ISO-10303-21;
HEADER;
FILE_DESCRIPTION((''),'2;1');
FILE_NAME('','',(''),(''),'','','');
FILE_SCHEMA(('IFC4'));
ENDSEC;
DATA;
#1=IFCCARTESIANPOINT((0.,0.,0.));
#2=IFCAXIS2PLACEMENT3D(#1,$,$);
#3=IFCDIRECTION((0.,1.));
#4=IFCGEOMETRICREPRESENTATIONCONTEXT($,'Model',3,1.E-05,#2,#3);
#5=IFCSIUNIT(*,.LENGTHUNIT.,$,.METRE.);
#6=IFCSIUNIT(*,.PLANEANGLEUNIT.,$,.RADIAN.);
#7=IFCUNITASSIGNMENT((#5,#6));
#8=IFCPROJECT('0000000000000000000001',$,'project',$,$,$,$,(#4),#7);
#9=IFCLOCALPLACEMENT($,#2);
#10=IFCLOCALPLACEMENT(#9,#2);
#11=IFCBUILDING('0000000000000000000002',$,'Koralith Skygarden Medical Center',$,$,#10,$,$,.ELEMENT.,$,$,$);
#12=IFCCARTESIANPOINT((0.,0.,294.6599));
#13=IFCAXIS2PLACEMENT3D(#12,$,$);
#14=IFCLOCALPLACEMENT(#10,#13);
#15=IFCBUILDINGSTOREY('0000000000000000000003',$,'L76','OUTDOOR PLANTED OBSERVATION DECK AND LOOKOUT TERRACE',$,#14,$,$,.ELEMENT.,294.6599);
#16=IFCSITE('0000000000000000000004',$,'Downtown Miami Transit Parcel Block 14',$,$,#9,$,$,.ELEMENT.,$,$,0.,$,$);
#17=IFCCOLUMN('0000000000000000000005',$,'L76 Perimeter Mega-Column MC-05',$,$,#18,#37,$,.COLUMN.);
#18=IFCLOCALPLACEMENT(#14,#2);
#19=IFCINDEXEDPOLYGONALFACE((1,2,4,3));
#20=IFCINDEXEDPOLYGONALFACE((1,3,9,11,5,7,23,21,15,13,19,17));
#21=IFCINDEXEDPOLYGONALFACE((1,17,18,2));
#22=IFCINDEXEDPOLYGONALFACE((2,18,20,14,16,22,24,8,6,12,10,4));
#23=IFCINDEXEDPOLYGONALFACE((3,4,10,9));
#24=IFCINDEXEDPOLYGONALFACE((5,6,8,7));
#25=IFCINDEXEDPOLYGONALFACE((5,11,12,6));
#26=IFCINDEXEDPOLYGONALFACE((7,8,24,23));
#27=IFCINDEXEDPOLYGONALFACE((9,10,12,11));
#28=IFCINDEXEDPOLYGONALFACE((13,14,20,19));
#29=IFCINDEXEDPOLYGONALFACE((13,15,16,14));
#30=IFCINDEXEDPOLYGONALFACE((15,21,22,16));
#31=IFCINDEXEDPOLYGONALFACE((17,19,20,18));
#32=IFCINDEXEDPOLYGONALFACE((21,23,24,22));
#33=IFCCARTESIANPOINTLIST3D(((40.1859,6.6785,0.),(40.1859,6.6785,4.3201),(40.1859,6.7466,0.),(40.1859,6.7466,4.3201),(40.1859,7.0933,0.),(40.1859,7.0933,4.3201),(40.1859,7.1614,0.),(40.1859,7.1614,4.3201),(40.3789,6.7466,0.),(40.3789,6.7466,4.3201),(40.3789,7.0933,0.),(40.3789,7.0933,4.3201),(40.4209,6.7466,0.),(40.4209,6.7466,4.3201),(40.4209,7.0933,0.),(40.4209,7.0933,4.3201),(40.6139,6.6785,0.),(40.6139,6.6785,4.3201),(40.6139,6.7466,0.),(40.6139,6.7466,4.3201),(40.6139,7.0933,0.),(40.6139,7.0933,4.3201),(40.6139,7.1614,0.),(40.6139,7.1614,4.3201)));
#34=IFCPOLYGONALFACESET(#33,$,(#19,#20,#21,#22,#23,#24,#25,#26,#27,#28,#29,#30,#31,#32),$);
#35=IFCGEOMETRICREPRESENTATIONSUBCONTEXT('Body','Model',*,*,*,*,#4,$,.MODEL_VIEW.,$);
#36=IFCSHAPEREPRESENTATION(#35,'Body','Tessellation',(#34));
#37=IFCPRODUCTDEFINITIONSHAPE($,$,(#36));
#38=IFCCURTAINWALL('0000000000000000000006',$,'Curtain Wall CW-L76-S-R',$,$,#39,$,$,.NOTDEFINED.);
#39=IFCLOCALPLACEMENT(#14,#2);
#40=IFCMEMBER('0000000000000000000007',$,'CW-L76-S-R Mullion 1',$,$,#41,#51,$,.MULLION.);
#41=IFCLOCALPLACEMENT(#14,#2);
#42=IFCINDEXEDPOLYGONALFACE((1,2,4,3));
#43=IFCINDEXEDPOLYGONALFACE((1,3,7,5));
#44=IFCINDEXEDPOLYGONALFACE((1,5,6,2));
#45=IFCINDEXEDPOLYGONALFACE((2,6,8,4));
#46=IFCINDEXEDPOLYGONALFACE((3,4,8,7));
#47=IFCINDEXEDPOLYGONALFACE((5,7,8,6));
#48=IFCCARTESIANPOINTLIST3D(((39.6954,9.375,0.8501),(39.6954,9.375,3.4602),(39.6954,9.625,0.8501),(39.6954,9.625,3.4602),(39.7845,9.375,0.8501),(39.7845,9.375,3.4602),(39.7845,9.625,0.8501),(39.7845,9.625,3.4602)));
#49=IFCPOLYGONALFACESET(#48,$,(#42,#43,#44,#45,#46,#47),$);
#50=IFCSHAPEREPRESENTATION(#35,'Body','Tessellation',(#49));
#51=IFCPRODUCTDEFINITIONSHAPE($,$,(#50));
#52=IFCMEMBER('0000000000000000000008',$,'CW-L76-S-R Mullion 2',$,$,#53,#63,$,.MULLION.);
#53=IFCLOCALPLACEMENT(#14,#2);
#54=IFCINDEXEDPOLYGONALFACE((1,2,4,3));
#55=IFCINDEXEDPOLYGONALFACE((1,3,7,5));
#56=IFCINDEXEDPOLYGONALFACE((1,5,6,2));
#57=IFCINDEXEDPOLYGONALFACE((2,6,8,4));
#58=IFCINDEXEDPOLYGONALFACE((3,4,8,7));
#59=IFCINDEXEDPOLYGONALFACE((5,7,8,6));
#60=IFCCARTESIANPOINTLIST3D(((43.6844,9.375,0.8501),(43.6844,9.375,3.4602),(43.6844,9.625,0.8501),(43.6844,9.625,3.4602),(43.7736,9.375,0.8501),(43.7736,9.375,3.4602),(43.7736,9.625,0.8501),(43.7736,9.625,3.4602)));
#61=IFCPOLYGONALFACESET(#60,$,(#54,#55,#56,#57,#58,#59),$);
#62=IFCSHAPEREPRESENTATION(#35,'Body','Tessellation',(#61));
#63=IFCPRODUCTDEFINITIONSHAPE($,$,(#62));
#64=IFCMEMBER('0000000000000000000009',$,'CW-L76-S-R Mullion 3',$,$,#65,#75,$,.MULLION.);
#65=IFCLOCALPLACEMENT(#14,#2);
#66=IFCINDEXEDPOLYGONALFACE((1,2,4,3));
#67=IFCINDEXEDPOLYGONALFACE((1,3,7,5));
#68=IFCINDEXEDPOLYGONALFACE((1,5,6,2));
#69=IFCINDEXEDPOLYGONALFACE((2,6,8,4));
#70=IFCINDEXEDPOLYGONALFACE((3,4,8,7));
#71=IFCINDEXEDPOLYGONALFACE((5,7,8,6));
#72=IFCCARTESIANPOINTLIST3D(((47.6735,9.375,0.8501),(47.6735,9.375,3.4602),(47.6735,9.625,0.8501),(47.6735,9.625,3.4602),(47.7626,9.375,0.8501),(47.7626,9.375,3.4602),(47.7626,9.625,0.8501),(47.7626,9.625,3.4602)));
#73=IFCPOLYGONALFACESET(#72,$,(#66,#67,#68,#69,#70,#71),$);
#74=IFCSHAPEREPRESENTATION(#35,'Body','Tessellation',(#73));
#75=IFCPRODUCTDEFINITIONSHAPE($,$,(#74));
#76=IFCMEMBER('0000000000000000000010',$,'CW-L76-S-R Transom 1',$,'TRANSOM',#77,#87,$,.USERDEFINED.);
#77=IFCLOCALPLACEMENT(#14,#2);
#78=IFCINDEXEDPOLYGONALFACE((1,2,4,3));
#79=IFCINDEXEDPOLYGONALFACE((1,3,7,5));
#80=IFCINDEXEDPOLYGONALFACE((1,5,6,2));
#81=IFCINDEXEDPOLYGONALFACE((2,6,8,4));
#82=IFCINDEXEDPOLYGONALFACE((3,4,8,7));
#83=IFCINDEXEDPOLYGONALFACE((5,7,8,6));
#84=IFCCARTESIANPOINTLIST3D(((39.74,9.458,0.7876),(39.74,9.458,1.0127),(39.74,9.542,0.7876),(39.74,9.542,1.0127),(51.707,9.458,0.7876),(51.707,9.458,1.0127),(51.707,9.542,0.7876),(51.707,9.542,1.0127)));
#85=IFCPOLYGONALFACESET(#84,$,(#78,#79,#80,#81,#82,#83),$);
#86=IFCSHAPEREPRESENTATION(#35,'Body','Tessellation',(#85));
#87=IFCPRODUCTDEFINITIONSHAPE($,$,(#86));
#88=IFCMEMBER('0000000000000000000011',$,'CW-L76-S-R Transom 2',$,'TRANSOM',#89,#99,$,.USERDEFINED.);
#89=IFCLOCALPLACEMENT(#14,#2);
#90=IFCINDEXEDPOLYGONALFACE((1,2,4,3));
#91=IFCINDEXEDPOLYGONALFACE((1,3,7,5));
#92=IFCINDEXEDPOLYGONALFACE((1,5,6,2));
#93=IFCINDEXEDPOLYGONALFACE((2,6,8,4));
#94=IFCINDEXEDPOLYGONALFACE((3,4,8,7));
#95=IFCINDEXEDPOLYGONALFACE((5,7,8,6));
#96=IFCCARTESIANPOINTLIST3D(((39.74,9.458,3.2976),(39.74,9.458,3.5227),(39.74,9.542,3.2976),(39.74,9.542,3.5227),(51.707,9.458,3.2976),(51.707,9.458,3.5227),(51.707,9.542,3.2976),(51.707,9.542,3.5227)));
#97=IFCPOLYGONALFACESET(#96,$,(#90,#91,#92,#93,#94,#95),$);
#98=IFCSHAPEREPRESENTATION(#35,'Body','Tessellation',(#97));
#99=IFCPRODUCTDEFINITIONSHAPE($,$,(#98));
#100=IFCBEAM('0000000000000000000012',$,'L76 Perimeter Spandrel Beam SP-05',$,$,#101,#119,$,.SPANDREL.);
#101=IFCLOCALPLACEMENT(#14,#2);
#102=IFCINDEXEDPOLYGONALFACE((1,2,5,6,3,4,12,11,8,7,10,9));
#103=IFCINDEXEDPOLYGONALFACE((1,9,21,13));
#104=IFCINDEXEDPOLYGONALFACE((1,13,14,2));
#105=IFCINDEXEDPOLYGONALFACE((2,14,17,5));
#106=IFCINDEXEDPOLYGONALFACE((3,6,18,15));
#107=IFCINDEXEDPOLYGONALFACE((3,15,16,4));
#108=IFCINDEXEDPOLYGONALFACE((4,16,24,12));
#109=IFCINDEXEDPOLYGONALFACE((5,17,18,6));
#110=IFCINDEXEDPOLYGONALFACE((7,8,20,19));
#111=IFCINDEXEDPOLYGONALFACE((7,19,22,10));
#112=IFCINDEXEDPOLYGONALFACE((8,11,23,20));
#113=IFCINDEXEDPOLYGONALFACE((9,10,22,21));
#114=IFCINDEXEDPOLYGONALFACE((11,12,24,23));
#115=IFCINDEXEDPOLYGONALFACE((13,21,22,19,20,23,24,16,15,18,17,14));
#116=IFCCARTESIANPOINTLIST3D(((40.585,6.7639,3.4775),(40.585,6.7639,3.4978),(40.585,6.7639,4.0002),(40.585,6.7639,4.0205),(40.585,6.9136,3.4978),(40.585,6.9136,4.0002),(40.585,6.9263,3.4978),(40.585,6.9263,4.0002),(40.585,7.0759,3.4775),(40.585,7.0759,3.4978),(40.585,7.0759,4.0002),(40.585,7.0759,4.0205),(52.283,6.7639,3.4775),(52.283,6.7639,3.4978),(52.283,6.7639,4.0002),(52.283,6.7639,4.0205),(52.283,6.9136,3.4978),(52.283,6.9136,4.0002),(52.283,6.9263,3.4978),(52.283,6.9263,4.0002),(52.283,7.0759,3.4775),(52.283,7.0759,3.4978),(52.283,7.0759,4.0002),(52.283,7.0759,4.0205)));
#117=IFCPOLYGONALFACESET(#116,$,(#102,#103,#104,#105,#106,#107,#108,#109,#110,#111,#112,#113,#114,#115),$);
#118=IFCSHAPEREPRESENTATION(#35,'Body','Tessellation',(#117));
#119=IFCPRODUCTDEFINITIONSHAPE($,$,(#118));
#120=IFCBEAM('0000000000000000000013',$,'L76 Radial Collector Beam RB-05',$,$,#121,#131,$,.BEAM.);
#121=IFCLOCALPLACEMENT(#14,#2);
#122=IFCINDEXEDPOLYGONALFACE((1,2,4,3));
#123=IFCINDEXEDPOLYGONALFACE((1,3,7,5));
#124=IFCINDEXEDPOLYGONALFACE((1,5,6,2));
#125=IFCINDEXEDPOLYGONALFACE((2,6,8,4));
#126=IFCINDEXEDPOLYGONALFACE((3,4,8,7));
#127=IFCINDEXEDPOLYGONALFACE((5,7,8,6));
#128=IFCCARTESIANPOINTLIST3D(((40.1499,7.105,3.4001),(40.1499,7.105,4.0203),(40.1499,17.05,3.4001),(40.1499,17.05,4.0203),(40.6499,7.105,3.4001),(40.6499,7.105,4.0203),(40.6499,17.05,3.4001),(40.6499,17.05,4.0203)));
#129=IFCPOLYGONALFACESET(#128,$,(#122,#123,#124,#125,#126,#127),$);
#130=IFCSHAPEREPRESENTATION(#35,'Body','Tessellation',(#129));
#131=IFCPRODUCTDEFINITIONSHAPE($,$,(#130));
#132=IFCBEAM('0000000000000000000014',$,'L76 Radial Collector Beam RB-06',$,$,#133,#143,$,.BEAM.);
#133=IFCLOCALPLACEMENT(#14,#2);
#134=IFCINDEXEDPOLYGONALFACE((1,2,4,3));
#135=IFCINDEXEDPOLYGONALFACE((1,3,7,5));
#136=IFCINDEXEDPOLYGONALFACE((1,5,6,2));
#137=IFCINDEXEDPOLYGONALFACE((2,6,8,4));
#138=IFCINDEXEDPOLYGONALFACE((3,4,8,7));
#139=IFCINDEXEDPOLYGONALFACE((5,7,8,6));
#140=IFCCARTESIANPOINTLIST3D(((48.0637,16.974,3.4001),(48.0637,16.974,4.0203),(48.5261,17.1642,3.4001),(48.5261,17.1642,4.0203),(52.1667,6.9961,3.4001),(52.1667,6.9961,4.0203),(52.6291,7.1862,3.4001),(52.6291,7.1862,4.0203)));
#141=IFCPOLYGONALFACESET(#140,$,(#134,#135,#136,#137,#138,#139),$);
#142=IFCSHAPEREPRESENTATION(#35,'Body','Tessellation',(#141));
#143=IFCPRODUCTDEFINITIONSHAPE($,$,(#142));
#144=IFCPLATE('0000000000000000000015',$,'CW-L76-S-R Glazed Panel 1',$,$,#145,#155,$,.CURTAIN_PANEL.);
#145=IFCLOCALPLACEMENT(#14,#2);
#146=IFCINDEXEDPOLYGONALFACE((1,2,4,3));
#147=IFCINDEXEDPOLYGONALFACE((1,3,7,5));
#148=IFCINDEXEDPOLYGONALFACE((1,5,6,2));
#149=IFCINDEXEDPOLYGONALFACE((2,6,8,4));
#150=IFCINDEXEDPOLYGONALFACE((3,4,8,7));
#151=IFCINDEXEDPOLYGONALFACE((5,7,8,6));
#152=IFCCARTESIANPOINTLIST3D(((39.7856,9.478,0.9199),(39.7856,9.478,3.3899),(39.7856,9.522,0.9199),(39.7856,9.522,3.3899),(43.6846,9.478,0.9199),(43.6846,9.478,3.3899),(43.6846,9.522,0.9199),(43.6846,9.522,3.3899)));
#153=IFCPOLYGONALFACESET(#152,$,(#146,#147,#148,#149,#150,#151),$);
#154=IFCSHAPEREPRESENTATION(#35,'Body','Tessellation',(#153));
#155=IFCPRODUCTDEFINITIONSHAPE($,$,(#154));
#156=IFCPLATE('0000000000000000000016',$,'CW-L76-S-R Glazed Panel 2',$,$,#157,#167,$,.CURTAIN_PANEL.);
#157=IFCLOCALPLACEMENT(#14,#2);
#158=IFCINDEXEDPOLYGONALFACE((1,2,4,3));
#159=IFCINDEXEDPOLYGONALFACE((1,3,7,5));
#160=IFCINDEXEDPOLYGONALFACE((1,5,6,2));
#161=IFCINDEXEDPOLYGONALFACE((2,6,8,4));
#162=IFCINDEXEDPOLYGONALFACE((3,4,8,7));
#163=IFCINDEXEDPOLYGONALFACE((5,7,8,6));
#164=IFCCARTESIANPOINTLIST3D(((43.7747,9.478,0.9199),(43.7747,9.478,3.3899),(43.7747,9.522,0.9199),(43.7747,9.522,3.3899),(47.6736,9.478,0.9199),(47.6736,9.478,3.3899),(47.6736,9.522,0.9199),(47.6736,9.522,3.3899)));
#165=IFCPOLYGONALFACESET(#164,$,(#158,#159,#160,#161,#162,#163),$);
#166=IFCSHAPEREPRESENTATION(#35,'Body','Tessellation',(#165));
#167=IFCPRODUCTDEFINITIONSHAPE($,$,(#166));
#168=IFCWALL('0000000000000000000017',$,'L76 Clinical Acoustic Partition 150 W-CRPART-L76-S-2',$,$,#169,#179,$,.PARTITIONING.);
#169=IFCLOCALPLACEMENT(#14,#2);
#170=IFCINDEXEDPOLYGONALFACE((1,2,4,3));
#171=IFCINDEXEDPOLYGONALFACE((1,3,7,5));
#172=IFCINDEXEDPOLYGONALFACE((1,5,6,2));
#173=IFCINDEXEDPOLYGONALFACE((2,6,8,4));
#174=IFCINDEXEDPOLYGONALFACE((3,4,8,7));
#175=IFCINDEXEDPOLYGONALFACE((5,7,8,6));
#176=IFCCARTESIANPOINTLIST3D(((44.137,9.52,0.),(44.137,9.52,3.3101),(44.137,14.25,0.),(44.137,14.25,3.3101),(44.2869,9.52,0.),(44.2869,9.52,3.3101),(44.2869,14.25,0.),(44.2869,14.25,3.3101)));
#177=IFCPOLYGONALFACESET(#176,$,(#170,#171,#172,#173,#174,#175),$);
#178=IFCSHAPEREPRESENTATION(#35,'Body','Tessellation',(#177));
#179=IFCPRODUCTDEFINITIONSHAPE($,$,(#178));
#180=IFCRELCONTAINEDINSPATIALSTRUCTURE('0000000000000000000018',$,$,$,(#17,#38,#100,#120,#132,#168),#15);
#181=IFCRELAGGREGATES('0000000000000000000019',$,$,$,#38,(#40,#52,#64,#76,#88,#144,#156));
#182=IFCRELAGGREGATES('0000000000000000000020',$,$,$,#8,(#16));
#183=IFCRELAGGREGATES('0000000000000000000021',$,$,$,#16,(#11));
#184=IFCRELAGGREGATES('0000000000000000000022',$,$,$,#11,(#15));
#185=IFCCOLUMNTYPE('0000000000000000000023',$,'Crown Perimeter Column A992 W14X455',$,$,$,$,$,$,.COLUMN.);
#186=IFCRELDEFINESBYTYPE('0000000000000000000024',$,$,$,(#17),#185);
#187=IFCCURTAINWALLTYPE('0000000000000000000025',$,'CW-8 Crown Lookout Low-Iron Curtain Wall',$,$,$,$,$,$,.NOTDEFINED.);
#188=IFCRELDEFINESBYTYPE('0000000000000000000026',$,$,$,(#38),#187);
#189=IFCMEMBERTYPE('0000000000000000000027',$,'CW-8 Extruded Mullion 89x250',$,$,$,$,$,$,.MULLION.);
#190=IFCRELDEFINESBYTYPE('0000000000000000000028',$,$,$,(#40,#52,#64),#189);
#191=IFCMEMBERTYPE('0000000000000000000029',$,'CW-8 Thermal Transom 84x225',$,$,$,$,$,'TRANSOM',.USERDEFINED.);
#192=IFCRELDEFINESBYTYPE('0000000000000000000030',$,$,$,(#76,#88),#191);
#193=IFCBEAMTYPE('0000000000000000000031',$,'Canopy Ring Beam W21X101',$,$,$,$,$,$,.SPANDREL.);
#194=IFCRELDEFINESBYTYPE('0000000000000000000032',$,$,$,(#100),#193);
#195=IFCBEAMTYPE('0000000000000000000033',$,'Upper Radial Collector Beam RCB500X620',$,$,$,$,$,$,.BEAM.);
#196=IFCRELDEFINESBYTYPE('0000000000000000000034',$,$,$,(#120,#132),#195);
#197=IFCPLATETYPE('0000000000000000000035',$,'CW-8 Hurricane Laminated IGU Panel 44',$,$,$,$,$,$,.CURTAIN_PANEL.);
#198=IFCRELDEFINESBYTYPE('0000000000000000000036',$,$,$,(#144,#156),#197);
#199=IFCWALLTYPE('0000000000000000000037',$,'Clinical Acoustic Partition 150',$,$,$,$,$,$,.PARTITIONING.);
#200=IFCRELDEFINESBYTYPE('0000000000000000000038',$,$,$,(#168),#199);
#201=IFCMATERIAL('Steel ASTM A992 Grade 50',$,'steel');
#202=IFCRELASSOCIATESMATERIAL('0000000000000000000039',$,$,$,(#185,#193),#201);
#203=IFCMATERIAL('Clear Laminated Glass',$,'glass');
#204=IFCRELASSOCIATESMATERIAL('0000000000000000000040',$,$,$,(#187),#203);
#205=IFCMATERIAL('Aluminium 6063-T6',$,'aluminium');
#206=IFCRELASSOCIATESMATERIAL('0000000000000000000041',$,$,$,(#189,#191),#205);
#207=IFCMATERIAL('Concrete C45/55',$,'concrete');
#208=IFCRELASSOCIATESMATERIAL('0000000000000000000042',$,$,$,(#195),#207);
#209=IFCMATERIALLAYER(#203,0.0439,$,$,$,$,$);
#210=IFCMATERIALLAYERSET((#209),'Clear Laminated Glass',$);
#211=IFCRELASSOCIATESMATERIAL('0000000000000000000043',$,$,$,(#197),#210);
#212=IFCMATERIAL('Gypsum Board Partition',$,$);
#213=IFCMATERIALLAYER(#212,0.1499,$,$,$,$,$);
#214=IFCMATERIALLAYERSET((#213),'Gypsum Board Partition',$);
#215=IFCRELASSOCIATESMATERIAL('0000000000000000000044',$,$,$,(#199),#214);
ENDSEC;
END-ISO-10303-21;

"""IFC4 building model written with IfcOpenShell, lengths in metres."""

from ifc_helpers import new_model, si_unit, direction, frame, frame_2d, origin, origin_2d, place, context, subcontext, project, spatial, rectangle, i_section, extrude, material, layer, layer_set, material_profile, profile_set, type_object, element, aggregate, save


model = new_model("IFC4")

# Units and contexts
model_context = context("Model", 3, precision=1e-05, world=origin(), true_north=direction((0.0, 1.0)))
body_context = subcontext(model_context, "Body", "Model", "MODEL_VIEW")
ifc_project = project(units=[si_unit("LENGTHUNIT", "METRE"), si_unit("PLANEANGLEUNIT", "RADIAN")], contexts=[model_context])

# Site, building, storey
site_placement = place(None, origin())
site = spatial("IfcSite", under=ifc_project, at=site_placement, Name="Downtown Miami Transit Parcel Block 14", CompositionType="ELEMENT", RefElevation=0.0)
building_placement = place(site_placement, origin())
building = spatial("IfcBuilding", under=site, at=building_placement, Name="Koralith Skygarden Medical Center", CompositionType="ELEMENT")
storey_placement = place(building_placement, frame((0.0, 0.0, 294.6599)))
storey = spatial("IfcBuildingStorey", under=building, at=storey_placement, Name="L76", Description="OUTDOOR PLANTED OBSERVATION DECK AND LOOKOUT TERRACE", CompositionType="ELEMENT", Elevation=294.6599)

# Column
ifc_material_1 = material(Name="Steel ASTM A992 Grade 50", Category="steel")
ifc_material_profile_1 = material_profile(ifc_material_1, i_section(OverallWidth=0.428, OverallDepth=0.4829, WebThickness=0.042, FlangeThickness=0.0681, at=origin_2d()), Name="W14X455")
ifc_profile_set_1 = profile_set([ifc_material_profile_1], Name="Steel ASTM A992 Grade 50")
column_type = type_object("IfcColumnType", Name="Crown Perimeter Column A992 W14X455", PredefinedType="COLUMN", material=ifc_profile_set_1)
column_placement = place(storey_placement, frame((40.3999, 6.9199, 0.0), z_axis=(0.0, 0.0, 1.0), x_axis=(1.0, 0.0, 0.0)))
element("IfcColumn", 1, at=column_placement, inside=storey, type_object=column_type, Name="L76 Perimeter Mega-Column MC-05", PredefinedType="COLUMN", context=body_context, shape_type="SweptSolid", body=[
    extrude(i_section(OverallWidth=0.428, OverallDepth=0.4829, WebThickness=0.042, FlangeThickness=0.0681, at=origin_2d()), origin(), (0.0, 0.0, 1.0), 4.3201),
])

# Curtain wall, members
ifc_material_2 = material(Name="Clear Laminated Glass", Category="glass")
curtain_wall_type = type_object("IfcCurtainWallType", Name="CW-8 Crown Lookout Low-Iron Curtain Wall", PredefinedType="NOTDEFINED", material=ifc_material_2)
curtain_wall_placement = place(storey_placement, origin())
curtain_wall = element("IfcCurtainWall", 2, at=curtain_wall_placement, inside=storey, type_object=curtain_wall_type, Name="Curtain Wall CW-L76-S-R", PredefinedType="NOTDEFINED")
ifc_material_3 = material(Name="Aluminium 6063-T6", Category="aluminium")
ifc_material_profile_2 = material_profile(ifc_material_3, rectangle(XDim=0.0891, YDim=0.25, at=origin_2d()), Name="MUL89X250")
ifc_profile_set_2 = profile_set([ifc_material_profile_2], Name="Aluminium 6063-T6")
member_type_1 = type_object("IfcMemberType", Name="CW-8 Extruded Mullion 89x250", PredefinedType="MULLION", material=ifc_profile_set_2)
member_1_placement = place(storey_placement, frame((39.74, 9.5, 0.8501), z_axis=(0.0, 0.0, 1.0), x_axis=(1.0, 0.0, 0.0)))
member_1 = element("IfcMember", 3, at=member_1_placement, type_object=member_type_1, Name="CW-L76-S-R Mullion 1", PredefinedType="MULLION", context=body_context, shape_type="SweptSolid", body=[
    extrude(rectangle(XDim=0.0891, YDim=0.25, at=origin_2d()), origin(), (0.0, 0.0, 1.0), 2.6101),
])
member_2_placement = place(storey_placement, frame((43.729, 9.5, 0.8501), z_axis=(0.0, 0.0, 1.0), x_axis=(1.0, 0.0, 0.0)))
member_2 = element("IfcMember", 4, at=member_2_placement, type_object=member_type_1, Name="CW-L76-S-R Mullion 2", PredefinedType="MULLION", context=body_context, shape_type="SweptSolid", body=[
    extrude(rectangle(XDim=0.0891, YDim=0.25, at=origin_2d()), origin(), (0.0, 0.0, 1.0), 2.6101),
])
member_3_placement = place(storey_placement, frame((47.718, 9.5, 0.8501), z_axis=(0.0, 0.0, 1.0), x_axis=(1.0, 0.0, 0.0)))
member_3 = element("IfcMember", 5, at=member_3_placement, type_object=member_type_1, Name="CW-L76-S-R Mullion 3", PredefinedType="MULLION", context=body_context, shape_type="SweptSolid", body=[
    extrude(rectangle(XDim=0.0891, YDim=0.25, at=origin_2d()), origin(), (0.0, 0.0, 1.0), 2.6101),
])
ifc_material_profile_3 = material_profile(ifc_material_3, rectangle(XDim=0.084, YDim=0.2251, at=origin_2d()), Name="TRN84X225")
ifc_profile_set_3 = profile_set([ifc_material_profile_3], Name="Aluminium 6063-T6")
member_type_2 = type_object("IfcMemberType", Name="CW-8 Thermal Transom 84x225", ElementType="TRANSOM", PredefinedType="USERDEFINED", material=ifc_profile_set_3)
member_4_placement = place(storey_placement, frame((39.74, 9.5, 0.9001), z_axis=(1.0, 0.0, 0.0), x_axis=(0.0, 1.0, 0.0)))
member_4 = element("IfcMember", 6, at=member_4_placement, type_object=member_type_2, Name="CW-L76-S-R Transom 1", ObjectType="TRANSOM", PredefinedType="USERDEFINED", context=body_context, shape_type="SweptSolid", body=[
    extrude(rectangle(XDim=0.084, YDim=0.2251, at=origin_2d()), origin(), (0.0, 0.0, 1.0), 11.967),
])
member_5_placement = place(storey_placement, frame((39.74, 9.5, 3.4102), z_axis=(1.0, 0.0, 0.0), x_axis=(0.0, 1.0, 0.0)))
member_5 = element("IfcMember", 7, at=member_5_placement, type_object=member_type_2, Name="CW-L76-S-R Transom 2", ObjectType="TRANSOM", PredefinedType="USERDEFINED", context=body_context, shape_type="SweptSolid", body=[
    extrude(rectangle(XDim=0.084, YDim=0.2251, at=origin_2d()), origin(), (0.0, 0.0, 1.0), 11.967),
])

# Beams
ifc_material_profile_4 = material_profile(ifc_material_1, i_section(OverallWidth=0.312, OverallDepth=0.543, WebThickness=0.0127, FlangeThickness=0.0203, at=origin_2d()), Name="W21X101")
ifc_profile_set_4 = profile_set([ifc_material_profile_4], Name="Steel ASTM A992 Grade 50")
beam_type_1 = type_object("IfcBeamType", Name="Canopy Ring Beam W21X101", PredefinedType="SPANDREL", material=ifc_profile_set_4)
beam_1_placement = place(storey_placement, frame((40.585, 6.9199, 3.749), z_axis=(1.0, 0.0, 0.0), x_axis=(0.0, 1.0, 0.0)))
element("IfcBeam", 8, at=beam_1_placement, inside=storey, type_object=beam_type_1, Name="L76 Perimeter Spandrel Beam SP-05", PredefinedType="SPANDREL", context=body_context, shape_type="SweptSolid", body=[
    extrude(i_section(OverallWidth=0.312, OverallDepth=0.543, WebThickness=0.0127, FlangeThickness=0.0203, at=origin_2d()), origin(), (0.0, 0.0, 1.0), 11.698),
])
ifc_material_4 = material(Name="Concrete C45/55", Category="concrete")
ifc_material_profile_5 = material_profile(ifc_material_4, rectangle(XDim=0.5, YDim=0.6201, at=origin_2d()), Name="RCB500X620")
ifc_profile_set_5 = profile_set([ifc_material_profile_5], Name="Concrete C45/55")
beam_type_2 = type_object("IfcBeamType", Name="Upper Radial Collector Beam RCB500X620", PredefinedType="BEAM", material=ifc_profile_set_5)
beam_2_placement = place(storey_placement, frame((40.3999, 17.05, 3.7102), z_axis=(0.0, -1.0, 0.0), x_axis=(1.0, 0.0, 0.0)))
element("IfcBeam", 9, at=beam_2_placement, inside=storey, type_object=beam_type_2, Name="L76 Radial Collector Beam RB-05", PredefinedType="BEAM", context=body_context, shape_type="SweptSolid", body=[
    extrude(rectangle(XDim=0.5, YDim=0.6201, at=origin_2d()), origin(), (0.0, 0.0, 1.0), 9.9451),
])
beam_3_placement = place(storey_placement, frame((48.2949, 17.0691, 3.7102), z_axis=(0.380308, -0.92486, 0.0), x_axis=(0.92486, 0.380308, 0.0)))
element("IfcBeam", 10, at=beam_3_placement, inside=storey, type_object=beam_type_2, Name="L76 Radial Collector Beam RB-06", PredefinedType="BEAM", context=body_context, shape_type="SweptSolid", body=[
    extrude(rectangle(XDim=0.5, YDim=0.6201, at=origin_2d()), origin(), (0.0, 0.0, 1.0), 10.7886),
])

# Plates
ifc_layer_1 = layer(ifc_material_2, 0.0439)
ifc_layer_set_1 = layer_set([ifc_layer_1], Name="Clear Laminated Glass")
plate_type = type_object("IfcPlateType", Name="CW-8 Hurricane Laminated IGU Panel 44", PredefinedType="CURTAIN_PANEL", material=ifc_layer_set_1)
plate_1_placement = place(storey_placement, frame((41.7351, 9.5, 0.9199), z_axis=(0.0, 0.0, 1.0), x_axis=(1.0, 0.0, 0.0)))
plate_1 = element("IfcPlate", 11, at=plate_1_placement, type_object=plate_type, Name="CW-L76-S-R Glazed Panel 1", PredefinedType="CURTAIN_PANEL", context=body_context, shape_type="SweptSolid", body=[
    extrude(rectangle(XDim=3.8989, YDim=0.0439, at=origin_2d()), origin(), (0.0, 0.0, 1.0), 2.47),
])
plate_2_placement = place(storey_placement, frame((45.7241, 9.5, 0.9199), z_axis=(0.0, 0.0, 1.0), x_axis=(1.0, 0.0, 0.0)))
plate_2 = element("IfcPlate", 12, at=plate_2_placement, type_object=plate_type, Name="CW-L76-S-R Glazed Panel 2", PredefinedType="CURTAIN_PANEL", context=body_context, shape_type="SweptSolid", body=[
    extrude(rectangle(XDim=3.8989, YDim=0.0439, at=origin_2d()), origin(), (0.0, 0.0, 1.0), 2.47),
])
aggregate(curtain_wall, [member_1, member_2, member_3, member_4, member_5, plate_1, plate_2])

# Wall
ifc_material_5 = material(Name="Gypsum Board Partition")
ifc_layer_2 = layer(ifc_material_5, 0.1499)
ifc_layer_set_2 = layer_set([ifc_layer_2], Name="Gypsum Board Partition")
wall_type_1 = type_object("IfcWallType", Name="Clinical Acoustic Partition 150", PredefinedType="PARTITIONING", material=ifc_layer_set_2)
wall_1_placement = place(storey_placement, frame((44.2119, 14.25, 0.0), z_axis=(0.0, 0.0, 1.0), x_axis=(0.0, -1.0, 0.0)))
element("IfcWall", 13, at=wall_1_placement, inside=storey, type_object=wall_type_1, Name="L76 Clinical Acoustic Partition 150 W-CRPART-L76-S-2", PredefinedType="PARTITIONING", context=body_context, shape_type="SweptSolid", body=[
    extrude(rectangle(XDim=4.73, YDim=0.1499, at=frame_2d((2.365, 0.0))), origin(), (0.0, 0.0, 1.0), 3.3101),
])

save(model, "model.ifc")
